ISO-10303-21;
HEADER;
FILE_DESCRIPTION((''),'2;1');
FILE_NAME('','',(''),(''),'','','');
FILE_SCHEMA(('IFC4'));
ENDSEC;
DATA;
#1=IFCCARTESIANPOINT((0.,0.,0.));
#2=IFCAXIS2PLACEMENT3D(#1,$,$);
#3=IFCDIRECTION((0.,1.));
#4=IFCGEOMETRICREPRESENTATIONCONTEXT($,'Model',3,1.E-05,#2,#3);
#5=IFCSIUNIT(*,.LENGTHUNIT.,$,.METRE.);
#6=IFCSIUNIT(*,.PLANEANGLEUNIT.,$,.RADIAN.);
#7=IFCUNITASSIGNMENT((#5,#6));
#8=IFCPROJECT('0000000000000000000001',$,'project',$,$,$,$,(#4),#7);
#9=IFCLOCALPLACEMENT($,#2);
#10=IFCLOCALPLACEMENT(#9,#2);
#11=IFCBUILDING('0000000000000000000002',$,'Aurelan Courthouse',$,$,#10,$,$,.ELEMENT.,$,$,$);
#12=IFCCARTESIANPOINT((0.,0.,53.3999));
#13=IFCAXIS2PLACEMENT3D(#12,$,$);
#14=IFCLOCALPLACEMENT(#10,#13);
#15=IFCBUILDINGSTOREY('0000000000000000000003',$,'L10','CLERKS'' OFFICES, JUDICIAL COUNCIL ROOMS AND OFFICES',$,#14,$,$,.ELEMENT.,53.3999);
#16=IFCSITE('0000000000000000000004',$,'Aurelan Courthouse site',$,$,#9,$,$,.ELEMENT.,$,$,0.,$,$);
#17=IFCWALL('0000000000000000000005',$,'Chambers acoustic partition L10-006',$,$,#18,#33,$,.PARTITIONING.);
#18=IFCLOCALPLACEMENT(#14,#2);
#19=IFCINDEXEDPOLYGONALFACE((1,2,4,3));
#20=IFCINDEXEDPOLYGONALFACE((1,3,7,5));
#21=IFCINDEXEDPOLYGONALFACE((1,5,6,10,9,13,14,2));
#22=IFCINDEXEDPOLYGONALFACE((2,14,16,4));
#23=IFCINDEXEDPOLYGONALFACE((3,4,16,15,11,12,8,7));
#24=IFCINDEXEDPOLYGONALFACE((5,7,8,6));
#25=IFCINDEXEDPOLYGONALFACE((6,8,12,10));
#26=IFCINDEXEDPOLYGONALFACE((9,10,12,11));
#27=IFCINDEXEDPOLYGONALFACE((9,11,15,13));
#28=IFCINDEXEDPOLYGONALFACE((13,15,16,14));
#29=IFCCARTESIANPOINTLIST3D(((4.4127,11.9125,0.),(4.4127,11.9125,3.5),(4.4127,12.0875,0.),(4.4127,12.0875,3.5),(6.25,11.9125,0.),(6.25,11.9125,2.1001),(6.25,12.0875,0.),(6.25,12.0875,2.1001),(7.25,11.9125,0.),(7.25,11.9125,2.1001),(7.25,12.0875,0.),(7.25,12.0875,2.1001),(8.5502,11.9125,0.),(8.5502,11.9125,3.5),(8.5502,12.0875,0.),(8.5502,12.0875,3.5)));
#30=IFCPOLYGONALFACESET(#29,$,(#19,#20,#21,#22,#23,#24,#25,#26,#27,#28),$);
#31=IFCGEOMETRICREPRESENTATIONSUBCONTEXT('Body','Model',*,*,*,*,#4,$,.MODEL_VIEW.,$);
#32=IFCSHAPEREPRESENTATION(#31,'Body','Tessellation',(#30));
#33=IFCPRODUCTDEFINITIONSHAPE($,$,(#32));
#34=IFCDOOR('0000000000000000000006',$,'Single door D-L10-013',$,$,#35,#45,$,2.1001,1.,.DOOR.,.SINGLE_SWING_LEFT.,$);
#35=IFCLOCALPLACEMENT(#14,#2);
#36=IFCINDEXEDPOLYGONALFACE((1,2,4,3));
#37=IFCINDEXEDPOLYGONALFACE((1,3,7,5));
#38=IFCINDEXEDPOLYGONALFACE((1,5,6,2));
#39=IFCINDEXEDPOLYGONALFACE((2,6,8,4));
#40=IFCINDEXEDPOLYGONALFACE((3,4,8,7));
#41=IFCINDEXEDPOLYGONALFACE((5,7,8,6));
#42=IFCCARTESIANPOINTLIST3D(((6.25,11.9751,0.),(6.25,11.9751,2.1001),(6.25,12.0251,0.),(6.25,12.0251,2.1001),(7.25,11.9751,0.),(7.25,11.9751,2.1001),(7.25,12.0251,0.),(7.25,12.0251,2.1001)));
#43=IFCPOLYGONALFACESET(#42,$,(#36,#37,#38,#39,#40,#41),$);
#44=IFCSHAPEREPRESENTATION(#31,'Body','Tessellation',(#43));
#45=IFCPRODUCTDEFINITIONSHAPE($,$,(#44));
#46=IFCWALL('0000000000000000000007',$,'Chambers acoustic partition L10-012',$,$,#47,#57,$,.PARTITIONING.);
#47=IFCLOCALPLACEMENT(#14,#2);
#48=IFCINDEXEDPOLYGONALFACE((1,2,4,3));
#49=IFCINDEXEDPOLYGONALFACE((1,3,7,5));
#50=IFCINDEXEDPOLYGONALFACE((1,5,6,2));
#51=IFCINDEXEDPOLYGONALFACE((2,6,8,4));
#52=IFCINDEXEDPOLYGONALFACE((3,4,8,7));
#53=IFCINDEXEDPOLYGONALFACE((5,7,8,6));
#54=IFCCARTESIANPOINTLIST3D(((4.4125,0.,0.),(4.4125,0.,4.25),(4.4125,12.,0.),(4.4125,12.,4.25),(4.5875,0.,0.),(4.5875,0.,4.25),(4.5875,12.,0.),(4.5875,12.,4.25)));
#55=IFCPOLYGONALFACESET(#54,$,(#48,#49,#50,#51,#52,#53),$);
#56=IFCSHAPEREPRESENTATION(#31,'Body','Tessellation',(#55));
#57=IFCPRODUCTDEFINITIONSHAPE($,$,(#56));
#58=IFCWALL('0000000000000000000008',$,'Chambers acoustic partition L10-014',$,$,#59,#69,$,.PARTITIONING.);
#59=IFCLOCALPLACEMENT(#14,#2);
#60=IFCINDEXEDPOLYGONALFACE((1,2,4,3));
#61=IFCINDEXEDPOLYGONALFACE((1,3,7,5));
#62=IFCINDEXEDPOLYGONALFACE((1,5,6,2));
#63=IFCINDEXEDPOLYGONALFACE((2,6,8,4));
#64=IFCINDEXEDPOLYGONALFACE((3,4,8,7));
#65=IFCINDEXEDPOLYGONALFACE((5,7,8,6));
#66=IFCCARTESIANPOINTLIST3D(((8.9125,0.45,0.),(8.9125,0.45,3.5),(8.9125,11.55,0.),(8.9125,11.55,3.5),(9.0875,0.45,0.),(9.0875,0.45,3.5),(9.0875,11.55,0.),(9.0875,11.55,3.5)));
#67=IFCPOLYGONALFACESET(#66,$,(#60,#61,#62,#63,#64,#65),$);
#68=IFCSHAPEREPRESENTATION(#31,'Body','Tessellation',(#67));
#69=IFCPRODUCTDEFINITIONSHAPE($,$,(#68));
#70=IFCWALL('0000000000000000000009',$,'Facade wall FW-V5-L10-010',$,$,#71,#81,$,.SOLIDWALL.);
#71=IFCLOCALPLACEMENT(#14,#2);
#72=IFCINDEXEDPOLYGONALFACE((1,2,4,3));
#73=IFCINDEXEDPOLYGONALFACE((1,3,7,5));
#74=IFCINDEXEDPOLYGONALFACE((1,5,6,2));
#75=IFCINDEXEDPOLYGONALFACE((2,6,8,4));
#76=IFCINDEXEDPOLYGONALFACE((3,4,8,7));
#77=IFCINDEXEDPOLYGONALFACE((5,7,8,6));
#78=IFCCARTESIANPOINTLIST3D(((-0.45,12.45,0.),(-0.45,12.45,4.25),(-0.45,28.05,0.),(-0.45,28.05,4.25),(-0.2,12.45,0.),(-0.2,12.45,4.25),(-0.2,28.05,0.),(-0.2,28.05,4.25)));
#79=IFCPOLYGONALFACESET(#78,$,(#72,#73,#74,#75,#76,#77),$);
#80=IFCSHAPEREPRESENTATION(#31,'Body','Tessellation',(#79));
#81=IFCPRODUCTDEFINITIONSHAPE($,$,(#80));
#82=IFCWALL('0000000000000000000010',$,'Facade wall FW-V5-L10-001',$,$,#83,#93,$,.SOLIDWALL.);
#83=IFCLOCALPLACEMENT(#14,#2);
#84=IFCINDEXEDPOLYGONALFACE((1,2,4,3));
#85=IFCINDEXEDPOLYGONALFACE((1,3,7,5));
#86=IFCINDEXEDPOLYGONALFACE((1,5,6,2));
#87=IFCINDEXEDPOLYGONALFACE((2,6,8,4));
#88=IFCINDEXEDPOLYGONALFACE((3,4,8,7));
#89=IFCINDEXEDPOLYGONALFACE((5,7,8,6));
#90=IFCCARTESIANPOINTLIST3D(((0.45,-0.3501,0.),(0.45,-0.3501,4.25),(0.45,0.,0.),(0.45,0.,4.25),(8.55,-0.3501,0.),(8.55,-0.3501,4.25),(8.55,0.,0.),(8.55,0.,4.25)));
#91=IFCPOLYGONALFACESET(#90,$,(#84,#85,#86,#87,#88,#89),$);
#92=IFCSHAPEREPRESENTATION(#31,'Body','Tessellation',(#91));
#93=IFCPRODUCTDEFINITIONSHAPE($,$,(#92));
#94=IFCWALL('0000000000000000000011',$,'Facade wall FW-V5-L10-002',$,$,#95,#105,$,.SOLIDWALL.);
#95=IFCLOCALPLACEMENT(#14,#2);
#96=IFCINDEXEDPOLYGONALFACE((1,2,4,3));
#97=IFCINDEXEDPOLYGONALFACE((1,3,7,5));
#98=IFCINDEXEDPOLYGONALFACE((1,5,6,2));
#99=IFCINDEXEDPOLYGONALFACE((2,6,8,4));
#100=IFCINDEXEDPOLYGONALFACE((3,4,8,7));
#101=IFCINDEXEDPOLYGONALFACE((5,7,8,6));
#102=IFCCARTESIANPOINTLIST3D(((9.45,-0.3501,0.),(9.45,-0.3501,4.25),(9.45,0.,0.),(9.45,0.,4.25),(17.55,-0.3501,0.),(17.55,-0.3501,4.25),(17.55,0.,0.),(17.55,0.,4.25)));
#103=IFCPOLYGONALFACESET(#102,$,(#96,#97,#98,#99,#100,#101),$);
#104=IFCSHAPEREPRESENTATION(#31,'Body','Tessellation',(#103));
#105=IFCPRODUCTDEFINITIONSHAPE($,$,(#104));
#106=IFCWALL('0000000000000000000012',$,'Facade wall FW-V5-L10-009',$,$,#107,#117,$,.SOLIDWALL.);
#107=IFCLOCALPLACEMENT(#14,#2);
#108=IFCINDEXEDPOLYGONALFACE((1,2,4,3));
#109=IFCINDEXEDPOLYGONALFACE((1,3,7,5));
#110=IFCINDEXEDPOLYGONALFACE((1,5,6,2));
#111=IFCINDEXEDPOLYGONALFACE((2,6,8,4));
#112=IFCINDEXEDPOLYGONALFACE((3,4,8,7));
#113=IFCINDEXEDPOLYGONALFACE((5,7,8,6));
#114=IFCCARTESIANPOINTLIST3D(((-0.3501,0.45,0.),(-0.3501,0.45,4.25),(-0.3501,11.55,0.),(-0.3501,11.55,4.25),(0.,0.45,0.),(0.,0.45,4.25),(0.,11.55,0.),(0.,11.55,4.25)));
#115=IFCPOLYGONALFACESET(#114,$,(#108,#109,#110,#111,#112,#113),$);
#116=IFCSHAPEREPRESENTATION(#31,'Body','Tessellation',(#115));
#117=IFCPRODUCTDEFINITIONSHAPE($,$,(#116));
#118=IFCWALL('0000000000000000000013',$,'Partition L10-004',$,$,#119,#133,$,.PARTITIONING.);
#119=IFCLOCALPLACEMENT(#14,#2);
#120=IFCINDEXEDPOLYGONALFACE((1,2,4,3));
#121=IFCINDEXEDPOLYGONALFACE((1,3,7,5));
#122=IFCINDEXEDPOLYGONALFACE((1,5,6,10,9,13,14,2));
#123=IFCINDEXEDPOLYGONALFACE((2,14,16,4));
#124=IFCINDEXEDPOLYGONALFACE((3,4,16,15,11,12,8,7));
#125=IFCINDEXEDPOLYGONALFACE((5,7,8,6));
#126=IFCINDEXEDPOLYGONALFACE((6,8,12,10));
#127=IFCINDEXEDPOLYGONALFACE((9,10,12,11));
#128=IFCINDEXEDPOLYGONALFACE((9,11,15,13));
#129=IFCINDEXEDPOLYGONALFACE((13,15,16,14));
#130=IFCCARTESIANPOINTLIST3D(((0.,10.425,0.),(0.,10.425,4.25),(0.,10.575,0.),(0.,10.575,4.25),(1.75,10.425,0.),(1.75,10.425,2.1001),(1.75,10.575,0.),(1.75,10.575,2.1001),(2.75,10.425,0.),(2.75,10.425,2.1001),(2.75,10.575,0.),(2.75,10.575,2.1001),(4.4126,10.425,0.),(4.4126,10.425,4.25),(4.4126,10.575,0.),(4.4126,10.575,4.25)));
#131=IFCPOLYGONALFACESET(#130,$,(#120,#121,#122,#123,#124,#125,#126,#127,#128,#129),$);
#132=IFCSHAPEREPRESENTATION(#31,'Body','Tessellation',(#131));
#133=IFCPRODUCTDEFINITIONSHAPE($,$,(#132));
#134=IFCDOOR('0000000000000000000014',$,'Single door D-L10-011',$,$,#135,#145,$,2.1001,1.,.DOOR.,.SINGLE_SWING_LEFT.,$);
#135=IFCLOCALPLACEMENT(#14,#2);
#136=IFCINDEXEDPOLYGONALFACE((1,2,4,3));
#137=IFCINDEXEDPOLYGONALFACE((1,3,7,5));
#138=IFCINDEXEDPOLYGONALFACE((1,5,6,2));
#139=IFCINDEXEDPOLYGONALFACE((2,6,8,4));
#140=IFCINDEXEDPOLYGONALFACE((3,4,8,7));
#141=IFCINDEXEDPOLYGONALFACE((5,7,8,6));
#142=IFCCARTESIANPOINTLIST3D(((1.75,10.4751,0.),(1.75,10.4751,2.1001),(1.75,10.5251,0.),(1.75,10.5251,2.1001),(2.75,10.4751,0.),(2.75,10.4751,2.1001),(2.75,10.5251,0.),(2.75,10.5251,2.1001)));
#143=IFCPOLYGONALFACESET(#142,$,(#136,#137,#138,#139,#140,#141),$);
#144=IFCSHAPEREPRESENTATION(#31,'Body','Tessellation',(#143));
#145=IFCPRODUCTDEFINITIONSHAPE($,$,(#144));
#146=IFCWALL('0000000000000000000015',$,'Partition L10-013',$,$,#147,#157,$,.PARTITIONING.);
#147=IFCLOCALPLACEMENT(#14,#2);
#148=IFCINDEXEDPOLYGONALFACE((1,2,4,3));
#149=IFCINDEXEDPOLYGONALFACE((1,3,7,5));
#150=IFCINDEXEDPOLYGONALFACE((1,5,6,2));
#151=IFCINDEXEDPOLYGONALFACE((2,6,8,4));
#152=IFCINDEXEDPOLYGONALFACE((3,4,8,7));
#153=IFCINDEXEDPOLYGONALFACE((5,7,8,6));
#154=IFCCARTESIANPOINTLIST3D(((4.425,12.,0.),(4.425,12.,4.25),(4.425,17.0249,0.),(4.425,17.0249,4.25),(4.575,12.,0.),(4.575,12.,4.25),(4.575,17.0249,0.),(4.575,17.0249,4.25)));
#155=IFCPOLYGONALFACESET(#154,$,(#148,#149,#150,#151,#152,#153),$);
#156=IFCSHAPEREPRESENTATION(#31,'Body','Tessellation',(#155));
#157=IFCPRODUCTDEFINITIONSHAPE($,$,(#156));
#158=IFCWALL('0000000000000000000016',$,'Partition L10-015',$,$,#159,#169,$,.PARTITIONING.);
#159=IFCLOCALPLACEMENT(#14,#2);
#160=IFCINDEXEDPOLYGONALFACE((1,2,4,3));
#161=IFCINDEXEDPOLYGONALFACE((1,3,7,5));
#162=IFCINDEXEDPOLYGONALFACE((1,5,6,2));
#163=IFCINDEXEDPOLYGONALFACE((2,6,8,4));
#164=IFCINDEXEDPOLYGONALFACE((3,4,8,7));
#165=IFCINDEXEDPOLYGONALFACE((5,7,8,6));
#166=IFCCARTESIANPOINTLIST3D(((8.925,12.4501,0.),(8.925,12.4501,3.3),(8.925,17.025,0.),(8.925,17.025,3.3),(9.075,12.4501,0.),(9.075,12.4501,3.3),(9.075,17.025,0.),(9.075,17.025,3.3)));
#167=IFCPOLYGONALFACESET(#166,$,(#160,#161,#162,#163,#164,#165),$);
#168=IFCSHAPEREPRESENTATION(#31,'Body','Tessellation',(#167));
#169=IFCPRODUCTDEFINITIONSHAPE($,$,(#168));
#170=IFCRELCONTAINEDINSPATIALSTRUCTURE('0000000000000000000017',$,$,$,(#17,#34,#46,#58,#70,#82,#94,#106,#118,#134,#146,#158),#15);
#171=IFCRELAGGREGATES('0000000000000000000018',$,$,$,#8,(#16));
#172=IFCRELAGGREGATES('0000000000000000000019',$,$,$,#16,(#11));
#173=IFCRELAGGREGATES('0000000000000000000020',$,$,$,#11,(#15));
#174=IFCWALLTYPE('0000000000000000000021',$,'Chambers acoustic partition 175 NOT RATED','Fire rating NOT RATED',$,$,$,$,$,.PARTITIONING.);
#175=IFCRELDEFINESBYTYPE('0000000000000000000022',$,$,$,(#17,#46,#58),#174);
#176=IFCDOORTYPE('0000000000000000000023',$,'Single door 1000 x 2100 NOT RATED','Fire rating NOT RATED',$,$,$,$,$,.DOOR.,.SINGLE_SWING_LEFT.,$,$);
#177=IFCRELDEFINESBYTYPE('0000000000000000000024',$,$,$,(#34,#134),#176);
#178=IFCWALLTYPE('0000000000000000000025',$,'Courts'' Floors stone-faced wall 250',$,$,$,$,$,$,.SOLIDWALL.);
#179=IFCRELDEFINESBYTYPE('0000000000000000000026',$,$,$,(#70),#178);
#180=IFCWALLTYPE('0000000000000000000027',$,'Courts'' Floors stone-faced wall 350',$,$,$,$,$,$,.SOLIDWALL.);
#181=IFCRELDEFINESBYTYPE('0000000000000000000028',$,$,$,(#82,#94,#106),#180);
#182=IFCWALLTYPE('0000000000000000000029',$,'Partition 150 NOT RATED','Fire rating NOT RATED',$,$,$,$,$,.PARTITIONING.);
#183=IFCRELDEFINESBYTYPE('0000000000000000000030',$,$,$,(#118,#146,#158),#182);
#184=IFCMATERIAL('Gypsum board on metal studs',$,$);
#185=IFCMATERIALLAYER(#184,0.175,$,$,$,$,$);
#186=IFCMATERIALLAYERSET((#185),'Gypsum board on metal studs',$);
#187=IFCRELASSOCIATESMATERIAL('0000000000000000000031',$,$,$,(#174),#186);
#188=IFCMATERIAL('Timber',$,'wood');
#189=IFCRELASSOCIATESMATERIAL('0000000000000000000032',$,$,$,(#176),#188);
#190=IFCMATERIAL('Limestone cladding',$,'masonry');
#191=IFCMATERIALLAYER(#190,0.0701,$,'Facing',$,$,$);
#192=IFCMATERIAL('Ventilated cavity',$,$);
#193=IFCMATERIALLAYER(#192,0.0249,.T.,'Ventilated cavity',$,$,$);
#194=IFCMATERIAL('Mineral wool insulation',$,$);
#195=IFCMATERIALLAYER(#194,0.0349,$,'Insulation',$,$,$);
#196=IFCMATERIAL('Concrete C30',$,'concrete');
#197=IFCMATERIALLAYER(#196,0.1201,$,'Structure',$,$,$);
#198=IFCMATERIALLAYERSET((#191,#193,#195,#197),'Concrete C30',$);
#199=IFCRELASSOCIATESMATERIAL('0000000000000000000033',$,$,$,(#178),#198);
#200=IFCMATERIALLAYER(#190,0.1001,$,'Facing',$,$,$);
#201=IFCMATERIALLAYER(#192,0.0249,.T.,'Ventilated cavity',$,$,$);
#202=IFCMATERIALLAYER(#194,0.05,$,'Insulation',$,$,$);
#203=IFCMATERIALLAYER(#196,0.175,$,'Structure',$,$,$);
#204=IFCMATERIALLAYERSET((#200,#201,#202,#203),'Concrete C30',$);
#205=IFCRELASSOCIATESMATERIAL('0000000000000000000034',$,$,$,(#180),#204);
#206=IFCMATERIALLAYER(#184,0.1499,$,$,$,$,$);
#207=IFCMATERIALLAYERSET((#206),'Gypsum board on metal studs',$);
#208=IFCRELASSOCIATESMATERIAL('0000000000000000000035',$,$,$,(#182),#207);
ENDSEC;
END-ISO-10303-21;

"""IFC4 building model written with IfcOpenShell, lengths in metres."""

from ifc_helpers import new_model, si_unit, direction, frame, frame_2d, origin, place, context, subcontext, project, spatial, rectangle, extrude, material, layer, layer_set, type_object, element, fill, save


model = new_model("IFC4")

# Units and contexts
model_context = context("Model", 3, precision=1e-05, world=origin(), true_north=direction((0.0, 1.0)))
body_context = subcontext(model_context, "Body", "Model", "MODEL_VIEW")
ifc_project = project(units=[si_unit("LENGTHUNIT", "METRE"), si_unit("PLANEANGLEUNIT", "RADIAN")], contexts=[model_context])

# Site, building, storey
site_placement = place(None, origin())
site = spatial("IfcSite", under=ifc_project, at=site_placement, Name="Aurelan Courthouse site", CompositionType="ELEMENT", RefElevation=0.0)
building_placement = place(site_placement, origin())
building = spatial("IfcBuilding", under=site, at=building_placement, Name="Aurelan Courthouse", CompositionType="ELEMENT")
storey_placement = place(building_placement, frame((0.0, 0.0, 53.3999)))
storey = spatial("IfcBuildingStorey", under=building, at=storey_placement, Name="L10", Description="CLERKS' OFFICES, JUDICIAL COUNCIL ROOMS AND OFFICES", CompositionType="ELEMENT", Elevation=53.3999)

# Shared definitions
ifc_material_1 = material(Name="Concrete C30", Category="concrete")

# Wall, opening, door
ifc_material_2 = material(Name="Gypsum board on metal studs")
ifc_layer_1 = layer(ifc_material_2, 0.175)
ifc_layer_set_1 = layer_set([ifc_layer_1], Name="Gypsum board on metal studs")
wall_type_1 = type_object("IfcWallType", Name="Chambers acoustic partition 175 NOT RATED", Description="Fire rating NOT RATED", PredefinedType="PARTITIONING", material=ifc_layer_set_1)
wall_1_placement = place(storey_placement, frame((4.4126, 12.0, 0.0), z_axis=(0.0, 0.0, 1.0), x_axis=(1.0, 0.0, 0.0)))
wall_1 = element("IfcWall", 1, at=wall_1_placement, inside=storey, type_object=wall_type_1, Name="Chambers acoustic partition L10-006", PredefinedType="PARTITIONING", context=body_context, shape_type="SweptSolid", body=[
    extrude(rectangle(XDim=4.1375, YDim=0.175, at=frame_2d((2.0688, 0.0))), origin(), (0.0, 0.0, 1.0), 3.5),
])
opening_1_placement = place(wall_1_placement, frame((2.8374, 0.0, 0.0), z_axis=(0.0, 0.0, 1.0), x_axis=(-1.0, 0.0, 0.0)))
opening_1 = element("IfcOpeningElement", 2, at=opening_1_placement, cuts=wall_1, PredefinedType="OPENING", context=body_context, shape_type="SweptSolid", body=[
    extrude(rectangle(XDim=1.0, YDim=2.1001, at=frame_2d((0.5, 1.05))), frame((0.0, 0.0974, 0.0), z_axis=(0.0, -1.0, 0.0), x_axis=(1.0, 0.0, 0.0)), (0.0, 0.0, 1.0), 0.1951),
])
ifc_material_3 = material(Name="Timber", Category="wood")
door_type = type_object("IfcDoorType", Name="Single door 1000 x 2100 NOT RATED", Description="Fire rating NOT RATED", OperationType="SINGLE_SWING_LEFT", PredefinedType="DOOR", material=ifc_material_3)
door_1_placement = place(opening_1_placement, origin())
door_1 = element("IfcDoor", 3, at=door_1_placement, inside=storey, type_object=door_type, Name="Single door D-L10-013", OperationType="SINGLE_SWING_LEFT", OverallHeight=2.1001, OverallWidth=1.0, PredefinedType="DOOR", context=body_context, shape_type="SweptSolid", body=[
    extrude(rectangle(XDim=1.0, YDim=2.1001, at=frame_2d((0.5, 1.05))), frame((0.0, 0.0249, 0.0), z_axis=(0.0, -1.0, 0.0), x_axis=(1.0, 0.0, 0.0)), (0.0, 0.0, 1.0), 0.05),
])
fill(opening_1, door_1)

# Walls
wall_2_placement = place(storey_placement, frame((4.5, 0.0, 0.0), z_axis=(0.0, 0.0, 1.0), x_axis=(0.0, 1.0, 0.0)))
element("IfcWall", 4, at=wall_2_placement, inside=storey, type_object=wall_type_1, Name="Chambers acoustic partition L10-012", PredefinedType="PARTITIONING", context=body_context, shape_type="SweptSolid", body=[
    extrude(rectangle(XDim=12.0, YDim=0.175, at=frame_2d((6.0, 0.0))), origin(), (0.0, 0.0, 1.0), 4.25),
])
wall_3_placement = place(storey_placement, frame((9.0, 0.45, 0.0), z_axis=(0.0, 0.0, 1.0), x_axis=(0.0, 1.0, 0.0)))
element("IfcWall", 5, at=wall_3_placement, inside=storey, type_object=wall_type_1, Name="Chambers acoustic partition L10-014", PredefinedType="PARTITIONING", context=body_context, shape_type="SweptSolid", body=[
    extrude(rectangle(XDim=11.1001, YDim=0.175, at=frame_2d((5.55, 0.0))), origin(), (0.0, 0.0, 1.0), 3.5),
])
ifc_material_4 = material(Name="Limestone cladding", Category="masonry")
ifc_layer_2 = layer(ifc_material_4, 0.0701, Name="Facing")
ifc_material_5 = material(Name="Ventilated cavity")
ifc_layer_3 = layer(ifc_material_5, 0.0249, ventilated=True, Name="Ventilated cavity")
ifc_material_6 = material(Name="Mineral wool insulation")
ifc_layer_4 = layer(ifc_material_6, 0.0349, Name="Insulation")
ifc_layer_5 = layer(ifc_material_1, 0.1201, Name="Structure")
ifc_layer_set_2 = layer_set([ifc_layer_2, ifc_layer_3, ifc_layer_4, ifc_layer_5], Name="Concrete C30")
wall_type_2 = type_object("IfcWallType", Name="Courts' Floors stone-faced wall 250", PredefinedType="SOLIDWALL", material=ifc_layer_set_2)
wall_4_placement = place(storey_placement, frame((-0.325, 12.45, 0.0), z_axis=(0.0, 0.0, 1.0), x_axis=(0.0, 1.0, 0.0)))
element("IfcWall", 6, at=wall_4_placement, inside=storey, type_object=wall_type_2, Name="Facade wall FW-V5-L10-010", PredefinedType="SOLIDWALL", context=body_context, shape_type="SweptSolid", body=[
    extrude(rectangle(XDim=15.6001, YDim=0.25, at=frame_2d((7.8, 0.0))), origin(), (0.0, 0.0, 1.0), 4.25),
])
ifc_layer_6 = layer(ifc_material_4, 0.1001, Name="Facing")
ifc_layer_7 = layer(ifc_material_5, 0.0249, ventilated=True, Name="Ventilated cavity")
ifc_layer_8 = layer(ifc_material_6, 0.05, Name="Insulation")
ifc_layer_9 = layer(ifc_material_1, 0.175, Name="Structure")
ifc_layer_set_3 = layer_set([ifc_layer_6, ifc_layer_7, ifc_layer_8, ifc_layer_9], Name="Concrete C30")
wall_type_3 = type_object("IfcWallType", Name="Courts' Floors stone-faced wall 350", PredefinedType="SOLIDWALL", material=ifc_layer_set_3)
for number, where, z_axis, x_axis, name in (
    (7, (0.45, -0.175, 0.0), (0.0, 0.0, 1.0), (1.0, 0.0, 0.0), "Facade wall FW-V5-L10-001"),
    (8, (9.45, -0.175, 0.0), (0.0, 0.0, 1.0), (1.0, 0.0, 0.0), "Facade wall FW-V5-L10-002"),
):
    element("IfcWall", number, at=place(storey_placement, frame(where, z_axis=z_axis, x_axis=x_axis)), inside=storey, type_object=wall_type_3, Name=name, PredefinedType="SOLIDWALL", context=body_context, shape_type="SweptSolid", body=[
        extrude(rectangle(XDim=8.1001, YDim=0.3501, at=frame_2d((4.05, 0.0))), origin(), (0.0, 0.0, 1.0), 4.25),
    ])
wall_5_placement = place(storey_placement, frame((-0.175, 0.45, 0.0), z_axis=(0.0, 0.0, 1.0), x_axis=(0.0, 1.0, 0.0)))
element("IfcWall", 9, at=wall_5_placement, inside=storey, type_object=wall_type_3, Name="Facade wall FW-V5-L10-009", PredefinedType="SOLIDWALL", context=body_context, shape_type="SweptSolid", body=[
    extrude(rectangle(XDim=11.1001, YDim=0.3501, at=frame_2d((5.55, 0.0))), origin(), (0.0, 0.0, 1.0), 4.25),
])

# Wall, opening, door
ifc_layer_10 = layer(ifc_material_2, 0.1499)
ifc_layer_set_4 = layer_set([ifc_layer_10], Name="Gypsum board on metal studs")
wall_type_4 = type_object("IfcWallType", Name="Partition 150 NOT RATED", Description="Fire rating NOT RATED", PredefinedType="PARTITIONING", material=ifc_layer_set_4)
wall_6_placement = place(storey_placement, frame((0.0, 10.5, 0.0), z_axis=(0.0, 0.0, 1.0), x_axis=(1.0, 0.0, 0.0)))
wall_6 = element("IfcWall", 10, at=wall_6_placement, inside=storey, type_object=wall_type_4, Name="Partition L10-004", PredefinedType="PARTITIONING", context=body_context, shape_type="SweptSolid", body=[
    extrude(rectangle(XDim=4.4126, YDim=0.1499, at=frame_2d((2.2063, 0.0))), origin(), (0.0, 0.0, 1.0), 4.25),
])
opening_2_placement = place(wall_6_placement, frame((2.75, 0.0, 0.0), z_axis=(0.0, 0.0, 1.0), x_axis=(-1.0, 0.0, 0.0)))
opening_2 = element("IfcOpeningElement", 11, at=opening_2_placement, cuts=wall_6, PredefinedType="OPENING", context=body_context, shape_type="SweptSolid", body=[
    extrude(rectangle(XDim=1.0, YDim=2.1001, at=frame_2d((0.5, 1.05))), frame((0.0, 0.085, 0.0), z_axis=(0.0, -1.0, 0.0), x_axis=(1.0, 0.0, 0.0)), (0.0, 0.0, 1.0), 0.1699),
])
door_2_placement = place(opening_2_placement, origin())
door_2 = element("IfcDoor", 12, at=door_2_placement, inside=storey, type_object=door_type, Name="Single door D-L10-011", OperationType="SINGLE_SWING_LEFT", OverallHeight=2.1001, OverallWidth=1.0, PredefinedType="DOOR", context=body_context, shape_type="SweptSolid", body=[
    extrude(rectangle(XDim=1.0, YDim=2.1001, at=frame_2d((0.5, 1.05))), frame((0.0, 0.0249, 0.0), z_axis=(0.0, -1.0, 0.0), x_axis=(1.0, 0.0, 0.0)), (0.0, 0.0, 1.0), 0.05),
])
fill(opening_2, door_2)

# Walls
wall_7_placement = place(storey_placement, frame((4.5, 12.0, 0.0), z_axis=(0.0, 0.0, 1.0), x_axis=(0.0, 1.0, 0.0)))
element("IfcWall", 13, at=wall_7_placement, inside=storey, type_object=wall_type_4, Name="Partition L10-013", PredefinedType="PARTITIONING", context=body_context, shape_type="SweptSolid", body=[
    extrude(rectangle(XDim=5.0249, YDim=0.1499, at=frame_2d((2.5125, 0.0))), origin(), (0.0, 0.0, 1.0), 4.25),
])
wall_8_placement = place(storey_placement, frame((9.0, 12.45, 0.0), z_axis=(0.0, 0.0, 1.0), x_axis=(0.0, 1.0, 0.0)))
element("IfcWall", 14, at=wall_8_placement, inside=storey, type_object=wall_type_4, Name="Partition L10-015", PredefinedType="PARTITIONING", context=body_context, shape_type="SweptSolid", body=[
    extrude(rectangle(XDim=4.575, YDim=0.1499, at=frame_2d((2.2876, 0.0))), origin(), (0.0, 0.0, 1.0), 3.3),
])

save(model, "model.ifc")
